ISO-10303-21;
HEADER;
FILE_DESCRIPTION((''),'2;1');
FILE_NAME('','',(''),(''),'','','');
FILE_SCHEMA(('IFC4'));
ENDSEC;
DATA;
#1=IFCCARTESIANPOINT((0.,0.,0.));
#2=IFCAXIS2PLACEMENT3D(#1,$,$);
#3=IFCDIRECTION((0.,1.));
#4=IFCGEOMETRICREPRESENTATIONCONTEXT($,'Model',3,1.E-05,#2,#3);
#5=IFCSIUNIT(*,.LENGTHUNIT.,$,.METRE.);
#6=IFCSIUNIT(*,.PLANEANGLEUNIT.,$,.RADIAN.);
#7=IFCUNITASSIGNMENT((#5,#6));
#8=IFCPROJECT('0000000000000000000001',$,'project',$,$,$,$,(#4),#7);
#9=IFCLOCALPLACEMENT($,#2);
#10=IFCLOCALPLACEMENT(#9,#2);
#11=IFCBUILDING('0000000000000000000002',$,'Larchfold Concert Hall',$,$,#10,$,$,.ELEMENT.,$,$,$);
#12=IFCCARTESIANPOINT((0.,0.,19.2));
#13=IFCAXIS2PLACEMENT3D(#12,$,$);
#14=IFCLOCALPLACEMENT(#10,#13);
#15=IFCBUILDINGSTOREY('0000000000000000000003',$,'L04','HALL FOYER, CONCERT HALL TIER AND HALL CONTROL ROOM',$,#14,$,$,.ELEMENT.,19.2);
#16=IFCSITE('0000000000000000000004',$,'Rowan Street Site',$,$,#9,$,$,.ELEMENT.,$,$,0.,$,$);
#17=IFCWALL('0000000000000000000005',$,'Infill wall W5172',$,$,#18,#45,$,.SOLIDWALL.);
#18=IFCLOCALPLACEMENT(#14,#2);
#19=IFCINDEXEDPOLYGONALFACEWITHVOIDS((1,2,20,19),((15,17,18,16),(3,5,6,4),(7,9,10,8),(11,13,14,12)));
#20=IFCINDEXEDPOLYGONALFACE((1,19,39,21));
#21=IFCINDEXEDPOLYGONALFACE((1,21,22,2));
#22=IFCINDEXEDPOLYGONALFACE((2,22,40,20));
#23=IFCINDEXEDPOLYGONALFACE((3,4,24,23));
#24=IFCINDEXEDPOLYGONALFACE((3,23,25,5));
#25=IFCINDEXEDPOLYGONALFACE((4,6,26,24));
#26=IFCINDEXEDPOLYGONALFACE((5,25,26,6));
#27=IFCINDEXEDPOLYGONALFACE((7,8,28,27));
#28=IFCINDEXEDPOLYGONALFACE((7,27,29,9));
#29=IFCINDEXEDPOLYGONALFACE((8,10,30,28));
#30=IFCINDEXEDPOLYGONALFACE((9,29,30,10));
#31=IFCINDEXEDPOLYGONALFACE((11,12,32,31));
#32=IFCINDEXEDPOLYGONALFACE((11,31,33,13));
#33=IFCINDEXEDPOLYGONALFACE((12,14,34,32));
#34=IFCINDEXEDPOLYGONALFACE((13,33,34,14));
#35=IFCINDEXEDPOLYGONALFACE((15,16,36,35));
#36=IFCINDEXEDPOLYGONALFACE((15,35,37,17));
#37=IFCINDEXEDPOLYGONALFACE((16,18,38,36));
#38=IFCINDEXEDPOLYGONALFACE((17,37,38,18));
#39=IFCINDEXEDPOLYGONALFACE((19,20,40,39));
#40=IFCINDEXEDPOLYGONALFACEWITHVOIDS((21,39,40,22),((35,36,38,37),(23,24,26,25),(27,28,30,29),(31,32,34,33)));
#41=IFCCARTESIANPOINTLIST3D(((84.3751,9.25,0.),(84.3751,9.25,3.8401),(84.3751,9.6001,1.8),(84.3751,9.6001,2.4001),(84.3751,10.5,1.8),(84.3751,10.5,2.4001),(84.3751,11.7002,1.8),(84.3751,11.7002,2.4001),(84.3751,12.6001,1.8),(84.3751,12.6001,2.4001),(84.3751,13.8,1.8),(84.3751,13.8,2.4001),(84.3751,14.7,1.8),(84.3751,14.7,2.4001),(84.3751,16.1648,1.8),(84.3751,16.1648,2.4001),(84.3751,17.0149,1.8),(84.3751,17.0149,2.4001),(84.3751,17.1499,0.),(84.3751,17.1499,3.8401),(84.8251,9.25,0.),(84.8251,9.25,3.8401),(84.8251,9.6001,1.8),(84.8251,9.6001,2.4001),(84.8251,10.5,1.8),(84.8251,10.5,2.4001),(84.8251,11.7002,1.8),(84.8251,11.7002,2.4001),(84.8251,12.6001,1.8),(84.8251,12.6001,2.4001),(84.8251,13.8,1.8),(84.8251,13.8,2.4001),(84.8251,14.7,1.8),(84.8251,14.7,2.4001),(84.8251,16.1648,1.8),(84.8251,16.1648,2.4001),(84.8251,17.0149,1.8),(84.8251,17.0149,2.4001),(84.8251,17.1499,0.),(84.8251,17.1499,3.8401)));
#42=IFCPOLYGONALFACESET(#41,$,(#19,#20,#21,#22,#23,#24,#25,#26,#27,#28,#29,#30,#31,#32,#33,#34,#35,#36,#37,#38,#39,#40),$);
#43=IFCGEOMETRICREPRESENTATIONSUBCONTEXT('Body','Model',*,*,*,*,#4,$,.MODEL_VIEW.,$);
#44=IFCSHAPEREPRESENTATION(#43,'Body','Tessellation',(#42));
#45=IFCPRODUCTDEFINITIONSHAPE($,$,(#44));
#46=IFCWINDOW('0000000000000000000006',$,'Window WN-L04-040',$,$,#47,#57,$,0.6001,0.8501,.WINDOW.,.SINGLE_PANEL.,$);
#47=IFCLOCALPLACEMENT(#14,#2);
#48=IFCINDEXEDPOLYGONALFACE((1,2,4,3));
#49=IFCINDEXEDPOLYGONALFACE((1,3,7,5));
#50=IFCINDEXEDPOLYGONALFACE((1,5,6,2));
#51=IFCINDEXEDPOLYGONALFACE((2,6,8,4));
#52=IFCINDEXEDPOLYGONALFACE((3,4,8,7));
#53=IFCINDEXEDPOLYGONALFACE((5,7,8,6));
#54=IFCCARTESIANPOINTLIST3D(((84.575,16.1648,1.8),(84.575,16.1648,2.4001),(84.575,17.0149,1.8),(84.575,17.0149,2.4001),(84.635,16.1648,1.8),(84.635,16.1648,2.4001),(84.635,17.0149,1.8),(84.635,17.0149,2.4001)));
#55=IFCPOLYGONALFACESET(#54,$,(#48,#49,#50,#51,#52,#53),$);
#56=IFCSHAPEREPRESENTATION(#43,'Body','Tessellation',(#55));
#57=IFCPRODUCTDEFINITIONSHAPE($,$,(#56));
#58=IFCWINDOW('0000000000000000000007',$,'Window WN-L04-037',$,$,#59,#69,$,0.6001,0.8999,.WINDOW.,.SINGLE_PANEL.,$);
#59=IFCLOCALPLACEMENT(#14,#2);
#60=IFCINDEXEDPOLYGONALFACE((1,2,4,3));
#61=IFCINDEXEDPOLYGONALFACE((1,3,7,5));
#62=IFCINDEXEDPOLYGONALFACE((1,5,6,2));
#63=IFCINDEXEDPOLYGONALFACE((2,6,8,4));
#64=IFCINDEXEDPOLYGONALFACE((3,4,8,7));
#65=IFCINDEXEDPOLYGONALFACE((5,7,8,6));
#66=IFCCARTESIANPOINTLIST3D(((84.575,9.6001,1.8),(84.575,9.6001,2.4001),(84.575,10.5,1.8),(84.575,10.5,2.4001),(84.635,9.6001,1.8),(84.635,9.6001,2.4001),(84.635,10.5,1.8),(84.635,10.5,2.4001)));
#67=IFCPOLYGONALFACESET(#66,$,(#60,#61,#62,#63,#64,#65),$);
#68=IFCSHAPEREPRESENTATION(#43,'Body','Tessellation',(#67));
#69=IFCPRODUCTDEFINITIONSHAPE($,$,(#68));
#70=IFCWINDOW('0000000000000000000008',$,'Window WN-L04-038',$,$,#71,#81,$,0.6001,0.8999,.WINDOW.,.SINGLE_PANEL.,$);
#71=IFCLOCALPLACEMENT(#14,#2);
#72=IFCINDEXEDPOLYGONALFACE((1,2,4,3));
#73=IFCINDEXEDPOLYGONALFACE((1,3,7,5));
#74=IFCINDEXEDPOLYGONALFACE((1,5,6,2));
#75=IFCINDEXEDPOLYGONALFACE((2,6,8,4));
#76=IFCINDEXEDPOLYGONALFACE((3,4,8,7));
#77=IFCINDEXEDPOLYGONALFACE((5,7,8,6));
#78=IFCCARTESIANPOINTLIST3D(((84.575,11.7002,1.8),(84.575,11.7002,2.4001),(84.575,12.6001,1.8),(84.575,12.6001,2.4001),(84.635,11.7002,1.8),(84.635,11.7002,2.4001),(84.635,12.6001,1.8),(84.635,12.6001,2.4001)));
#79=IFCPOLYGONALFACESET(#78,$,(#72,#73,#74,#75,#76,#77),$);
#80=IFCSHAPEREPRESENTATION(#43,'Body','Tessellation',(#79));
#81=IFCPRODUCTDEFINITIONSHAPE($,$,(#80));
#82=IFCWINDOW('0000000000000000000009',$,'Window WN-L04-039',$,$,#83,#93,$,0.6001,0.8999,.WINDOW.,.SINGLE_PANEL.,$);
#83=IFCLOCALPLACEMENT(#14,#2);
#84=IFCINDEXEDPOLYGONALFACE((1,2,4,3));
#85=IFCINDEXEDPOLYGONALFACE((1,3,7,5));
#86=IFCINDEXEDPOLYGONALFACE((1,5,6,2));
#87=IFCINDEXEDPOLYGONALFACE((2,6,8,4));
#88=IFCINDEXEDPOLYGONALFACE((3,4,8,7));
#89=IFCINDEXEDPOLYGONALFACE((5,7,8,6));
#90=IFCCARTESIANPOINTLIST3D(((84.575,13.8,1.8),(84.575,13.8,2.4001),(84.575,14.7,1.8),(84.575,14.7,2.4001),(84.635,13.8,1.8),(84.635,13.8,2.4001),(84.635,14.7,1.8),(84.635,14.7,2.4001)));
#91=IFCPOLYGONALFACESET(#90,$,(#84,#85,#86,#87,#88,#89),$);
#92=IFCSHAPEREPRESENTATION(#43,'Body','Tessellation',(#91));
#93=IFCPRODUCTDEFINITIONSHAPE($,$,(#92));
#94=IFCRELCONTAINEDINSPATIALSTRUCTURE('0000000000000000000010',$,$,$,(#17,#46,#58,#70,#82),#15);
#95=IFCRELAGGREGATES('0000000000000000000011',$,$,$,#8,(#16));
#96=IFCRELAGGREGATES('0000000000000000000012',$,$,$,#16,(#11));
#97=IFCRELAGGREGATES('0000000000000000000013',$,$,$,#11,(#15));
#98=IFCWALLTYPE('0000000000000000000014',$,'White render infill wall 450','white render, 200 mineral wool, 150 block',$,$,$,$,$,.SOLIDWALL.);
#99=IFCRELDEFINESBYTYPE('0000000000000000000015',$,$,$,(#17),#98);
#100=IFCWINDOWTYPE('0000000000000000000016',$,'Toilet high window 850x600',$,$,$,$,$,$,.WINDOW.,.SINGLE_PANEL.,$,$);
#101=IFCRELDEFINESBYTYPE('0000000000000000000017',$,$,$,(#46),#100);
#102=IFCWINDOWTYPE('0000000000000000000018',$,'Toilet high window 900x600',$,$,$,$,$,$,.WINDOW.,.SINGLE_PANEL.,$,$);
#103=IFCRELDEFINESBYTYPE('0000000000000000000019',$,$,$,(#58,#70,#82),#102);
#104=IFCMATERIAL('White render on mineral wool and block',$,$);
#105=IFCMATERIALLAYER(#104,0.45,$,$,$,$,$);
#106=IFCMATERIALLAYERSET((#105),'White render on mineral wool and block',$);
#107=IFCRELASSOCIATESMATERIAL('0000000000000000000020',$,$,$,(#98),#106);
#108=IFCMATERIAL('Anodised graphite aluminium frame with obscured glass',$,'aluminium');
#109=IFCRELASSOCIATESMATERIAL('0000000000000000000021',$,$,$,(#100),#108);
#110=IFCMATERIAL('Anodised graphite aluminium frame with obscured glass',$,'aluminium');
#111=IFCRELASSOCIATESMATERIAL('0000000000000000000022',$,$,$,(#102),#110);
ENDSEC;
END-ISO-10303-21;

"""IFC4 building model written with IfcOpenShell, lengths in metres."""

from ifc_helpers import new_model, si_unit, direction, frame, frame_2d, origin, place, context, subcontext, project, spatial, rectangle, extrude, material, layer, layer_set, type_object, element, fill, save


model = new_model("IFC4")

# Units and contexts
model_context = context("Model", 3, precision=1e-05, world=origin(), true_north=direction((0.0, 1.0)))
body_context = subcontext(model_context, "Body", "Model", "MODEL_VIEW")
ifc_project = project(units=[si_unit("LENGTHUNIT", "METRE"), si_unit("PLANEANGLEUNIT", "RADIAN")], contexts=[model_context])

# Site, building, storey
site_placement = place(None, origin())
site = spatial("IfcSite", under=ifc_project, at=site_placement, Name="Rowan Street Site", CompositionType="ELEMENT", RefElevation=0.0)
building_placement = place(site_placement, origin())
building = spatial("IfcBuilding", under=site, at=building_placement, Name="Larchfold Concert Hall", CompositionType="ELEMENT")
storey_placement = place(building_placement, frame((0.0, 0.0, 19.2)))
storey = spatial("IfcBuildingStorey", under=building, at=storey_placement, Name="L04", Description="HALL FOYER, CONCERT HALL TIER AND HALL CONTROL ROOM", CompositionType="ELEMENT", Elevation=19.2)

# Wall, openings, windows
ifc_material_1 = material(Name="White render on mineral wool and block")
ifc_layer_1 = layer(ifc_material_1, 0.45)
ifc_layer_set_1 = layer_set([ifc_layer_1], Name="White render on mineral wool and block")
wall_type_1 = type_object("IfcWallType", Name="White render infill wall 450", Description="white render, 200 mineral wool, 150 block", PredefinedType="SOLIDWALL", material=ifc_layer_set_1)
wall_1_placement = place(storey_placement, frame((84.6001, 17.1499, 0.0), z_axis=(0.0, 0.0, 1.0), x_axis=(0.0, -1.0, 0.0)))
wall_1 = element("IfcWall", 1, at=wall_1_placement, inside=storey, type_object=wall_type_1, Name="Infill wall W5172", PredefinedType="SOLIDWALL", context=body_context, shape_type="SweptSolid", body=[
    extrude(rectangle(XDim=7.8999, YDim=0.45, at=frame_2d((3.95, 0.0))), origin(), (0.0, 0.0, 1.0), 3.8401),
])
opening_1_placement = place(wall_1_placement, frame((6.6499, 0.0, 1.8)))
opening_1 = element("IfcOpeningElement", 2, at=opening_1_placement, cuts=wall_1, PredefinedType="OPENING", context=body_context, shape_type="SweptSolid", body=[
    extrude(rectangle(XDim=0.8999, YDim=0.6001, at=frame_2d((0.45, 0.3))), frame((0.0, 0.2349, 0.0), z_axis=(0.0, -1.0, 0.0), x_axis=(1.0, 0.0, 0.0)), (0.0, 0.0, 1.0), 0.47),
])
opening_2_placement = place(wall_1_placement, frame((4.5498, 0.0, 1.8)))
opening_2 = element("IfcOpeningElement", 3, at=opening_2_placement, cuts=wall_1, PredefinedType="OPENING", context=body_context, shape_type="SweptSolid", body=[
    extrude(rectangle(XDim=0.8999, YDim=0.6001, at=frame_2d((0.45, 0.3))), frame((0.0, 0.2349, 0.0), z_axis=(0.0, -1.0, 0.0), x_axis=(1.0, 0.0, 0.0)), (0.0, 0.0, 1.0), 0.47),
])
opening_3_placement = place(wall_1_placement, frame((2.45, 0.0, 1.8)))
opening_3 = element("IfcOpeningElement", 4, at=opening_3_placement, cuts=wall_1, PredefinedType="OPENING", context=body_context, shape_type="SweptSolid", body=[
    extrude(rectangle(XDim=0.8999, YDim=0.6001, at=frame_2d((0.45, 0.3))), frame((0.0, 0.2349, 0.0), z_axis=(0.0, -1.0, 0.0), x_axis=(1.0, 0.0, 0.0)), (0.0, 0.0, 1.0), 0.47),
])
opening_4_placement = place(wall_1_placement, frame((0.135, 0.0, 1.8)))
opening_4 = element("IfcOpeningElement", 5, at=opening_4_placement, cuts=wall_1, PredefinedType="OPENING", context=body_context, shape_type="SweptSolid", body=[
    extrude(rectangle(XDim=0.8501, YDim=0.6001, at=frame_2d((0.425, 0.3))), frame((0.0, 0.2349, 0.0), z_axis=(0.0, -1.0, 0.0), x_axis=(1.0, 0.0, 0.0)), (0.0, 0.0, 1.0), 0.47),
])
ifc_material_2 = material(Name="Anodised graphite aluminium frame with obscured glass", Category="aluminium")
window_type_1 = type_object("IfcWindowType", Name="Toilet high window 850x600", PartitioningType="SINGLE_PANEL", PredefinedType="WINDOW", material=ifc_material_2)
window_1_placement = place(opening_4_placement, origin())
window_1 = element("IfcWindow", 6, at=window_1_placement, inside=storey, type_object=window_type_1, Name="Window WN-L04-040", OverallHeight=0.6001, OverallWidth=0.8501, PartitioningType="SINGLE_PANEL", PredefinedType="WINDOW", context=body_context, shape_type="SweptSolid", body=[
    extrude(rectangle(XDim=0.8501, YDim=0.6001, at=frame_2d((0.425, 0.3))), frame((0.0, 0.0349, 0.0), z_axis=(0.0, -1.0, 0.0), x_axis=(1.0, 0.0, 0.0)), (0.0, 0.0, 1.0), 0.0601),
])
fill(opening_4, window_1)
ifc_material_3 = material(Name="Anodised graphite aluminium frame with obscured glass", Category="aluminium")
window_type_2 = type_object("IfcWindowType", Name="Toilet high window 900x600", PartitioningType="SINGLE_PANEL", PredefinedType="WINDOW", material=ifc_material_3)
window_2_placement = place(opening_1_placement, origin())
window_2 = element("IfcWindow", 7, at=window_2_placement, inside=storey, type_object=window_type_2, Name="Window WN-L04-037", OverallHeight=0.6001, OverallWidth=0.8999, PartitioningType="SINGLE_PANEL", PredefinedType="WINDOW", context=body_context, shape_type="SweptSolid", body=[
    extrude(rectangle(XDim=0.8999, YDim=0.6001, at=frame_2d((0.45, 0.3))), frame((0.0, 0.0349, 0.0), z_axis=(0.0, -1.0, 0.0), x_axis=(1.0, 0.0, 0.0)), (0.0, 0.0, 1.0), 0.0601),
])
fill(opening_1, window_2)
window_3_placement = place(opening_2_placement, origin())
window_3 = element("IfcWindow", 8, at=window_3_placement, inside=storey, type_object=window_type_2, Name="Window WN-L04-038", OverallHeight=0.6001, OverallWidth=0.8999, PartitioningType="SINGLE_PANEL", PredefinedType="WINDOW", context=body_context, shape_type="SweptSolid", body=[
    extrude(rectangle(XDim=0.8999, YDim=0.6001, at=frame_2d((0.45, 0.3))), frame((0.0, 0.0349, 0.0), z_axis=(0.0, -1.0, 0.0), x_axis=(1.0, 0.0, 0.0)), (0.0, 0.0, 1.0), 0.0601),
])
fill(opening_2, window_3)
window_4_placement = place(opening_3_placement, origin())
window_4 = element("IfcWindow", 9, at=window_4_placement, inside=storey, type_object=window_type_2, Name="Window WN-L04-039", OverallHeight=0.6001, OverallWidth=0.8999, PartitioningType="SINGLE_PANEL", PredefinedType="WINDOW", context=body_context, shape_type="SweptSolid", body=[
    extrude(rectangle(XDim=0.8999, YDim=0.6001, at=frame_2d((0.45, 0.3))), frame((0.0, 0.0349, 0.0), z_axis=(0.0, -1.0, 0.0), x_axis=(1.0, 0.0, 0.0)), (0.0, 0.0, 1.0), 0.0601),
])
fill(opening_3, window_4)

save(model, "model.ifc")
